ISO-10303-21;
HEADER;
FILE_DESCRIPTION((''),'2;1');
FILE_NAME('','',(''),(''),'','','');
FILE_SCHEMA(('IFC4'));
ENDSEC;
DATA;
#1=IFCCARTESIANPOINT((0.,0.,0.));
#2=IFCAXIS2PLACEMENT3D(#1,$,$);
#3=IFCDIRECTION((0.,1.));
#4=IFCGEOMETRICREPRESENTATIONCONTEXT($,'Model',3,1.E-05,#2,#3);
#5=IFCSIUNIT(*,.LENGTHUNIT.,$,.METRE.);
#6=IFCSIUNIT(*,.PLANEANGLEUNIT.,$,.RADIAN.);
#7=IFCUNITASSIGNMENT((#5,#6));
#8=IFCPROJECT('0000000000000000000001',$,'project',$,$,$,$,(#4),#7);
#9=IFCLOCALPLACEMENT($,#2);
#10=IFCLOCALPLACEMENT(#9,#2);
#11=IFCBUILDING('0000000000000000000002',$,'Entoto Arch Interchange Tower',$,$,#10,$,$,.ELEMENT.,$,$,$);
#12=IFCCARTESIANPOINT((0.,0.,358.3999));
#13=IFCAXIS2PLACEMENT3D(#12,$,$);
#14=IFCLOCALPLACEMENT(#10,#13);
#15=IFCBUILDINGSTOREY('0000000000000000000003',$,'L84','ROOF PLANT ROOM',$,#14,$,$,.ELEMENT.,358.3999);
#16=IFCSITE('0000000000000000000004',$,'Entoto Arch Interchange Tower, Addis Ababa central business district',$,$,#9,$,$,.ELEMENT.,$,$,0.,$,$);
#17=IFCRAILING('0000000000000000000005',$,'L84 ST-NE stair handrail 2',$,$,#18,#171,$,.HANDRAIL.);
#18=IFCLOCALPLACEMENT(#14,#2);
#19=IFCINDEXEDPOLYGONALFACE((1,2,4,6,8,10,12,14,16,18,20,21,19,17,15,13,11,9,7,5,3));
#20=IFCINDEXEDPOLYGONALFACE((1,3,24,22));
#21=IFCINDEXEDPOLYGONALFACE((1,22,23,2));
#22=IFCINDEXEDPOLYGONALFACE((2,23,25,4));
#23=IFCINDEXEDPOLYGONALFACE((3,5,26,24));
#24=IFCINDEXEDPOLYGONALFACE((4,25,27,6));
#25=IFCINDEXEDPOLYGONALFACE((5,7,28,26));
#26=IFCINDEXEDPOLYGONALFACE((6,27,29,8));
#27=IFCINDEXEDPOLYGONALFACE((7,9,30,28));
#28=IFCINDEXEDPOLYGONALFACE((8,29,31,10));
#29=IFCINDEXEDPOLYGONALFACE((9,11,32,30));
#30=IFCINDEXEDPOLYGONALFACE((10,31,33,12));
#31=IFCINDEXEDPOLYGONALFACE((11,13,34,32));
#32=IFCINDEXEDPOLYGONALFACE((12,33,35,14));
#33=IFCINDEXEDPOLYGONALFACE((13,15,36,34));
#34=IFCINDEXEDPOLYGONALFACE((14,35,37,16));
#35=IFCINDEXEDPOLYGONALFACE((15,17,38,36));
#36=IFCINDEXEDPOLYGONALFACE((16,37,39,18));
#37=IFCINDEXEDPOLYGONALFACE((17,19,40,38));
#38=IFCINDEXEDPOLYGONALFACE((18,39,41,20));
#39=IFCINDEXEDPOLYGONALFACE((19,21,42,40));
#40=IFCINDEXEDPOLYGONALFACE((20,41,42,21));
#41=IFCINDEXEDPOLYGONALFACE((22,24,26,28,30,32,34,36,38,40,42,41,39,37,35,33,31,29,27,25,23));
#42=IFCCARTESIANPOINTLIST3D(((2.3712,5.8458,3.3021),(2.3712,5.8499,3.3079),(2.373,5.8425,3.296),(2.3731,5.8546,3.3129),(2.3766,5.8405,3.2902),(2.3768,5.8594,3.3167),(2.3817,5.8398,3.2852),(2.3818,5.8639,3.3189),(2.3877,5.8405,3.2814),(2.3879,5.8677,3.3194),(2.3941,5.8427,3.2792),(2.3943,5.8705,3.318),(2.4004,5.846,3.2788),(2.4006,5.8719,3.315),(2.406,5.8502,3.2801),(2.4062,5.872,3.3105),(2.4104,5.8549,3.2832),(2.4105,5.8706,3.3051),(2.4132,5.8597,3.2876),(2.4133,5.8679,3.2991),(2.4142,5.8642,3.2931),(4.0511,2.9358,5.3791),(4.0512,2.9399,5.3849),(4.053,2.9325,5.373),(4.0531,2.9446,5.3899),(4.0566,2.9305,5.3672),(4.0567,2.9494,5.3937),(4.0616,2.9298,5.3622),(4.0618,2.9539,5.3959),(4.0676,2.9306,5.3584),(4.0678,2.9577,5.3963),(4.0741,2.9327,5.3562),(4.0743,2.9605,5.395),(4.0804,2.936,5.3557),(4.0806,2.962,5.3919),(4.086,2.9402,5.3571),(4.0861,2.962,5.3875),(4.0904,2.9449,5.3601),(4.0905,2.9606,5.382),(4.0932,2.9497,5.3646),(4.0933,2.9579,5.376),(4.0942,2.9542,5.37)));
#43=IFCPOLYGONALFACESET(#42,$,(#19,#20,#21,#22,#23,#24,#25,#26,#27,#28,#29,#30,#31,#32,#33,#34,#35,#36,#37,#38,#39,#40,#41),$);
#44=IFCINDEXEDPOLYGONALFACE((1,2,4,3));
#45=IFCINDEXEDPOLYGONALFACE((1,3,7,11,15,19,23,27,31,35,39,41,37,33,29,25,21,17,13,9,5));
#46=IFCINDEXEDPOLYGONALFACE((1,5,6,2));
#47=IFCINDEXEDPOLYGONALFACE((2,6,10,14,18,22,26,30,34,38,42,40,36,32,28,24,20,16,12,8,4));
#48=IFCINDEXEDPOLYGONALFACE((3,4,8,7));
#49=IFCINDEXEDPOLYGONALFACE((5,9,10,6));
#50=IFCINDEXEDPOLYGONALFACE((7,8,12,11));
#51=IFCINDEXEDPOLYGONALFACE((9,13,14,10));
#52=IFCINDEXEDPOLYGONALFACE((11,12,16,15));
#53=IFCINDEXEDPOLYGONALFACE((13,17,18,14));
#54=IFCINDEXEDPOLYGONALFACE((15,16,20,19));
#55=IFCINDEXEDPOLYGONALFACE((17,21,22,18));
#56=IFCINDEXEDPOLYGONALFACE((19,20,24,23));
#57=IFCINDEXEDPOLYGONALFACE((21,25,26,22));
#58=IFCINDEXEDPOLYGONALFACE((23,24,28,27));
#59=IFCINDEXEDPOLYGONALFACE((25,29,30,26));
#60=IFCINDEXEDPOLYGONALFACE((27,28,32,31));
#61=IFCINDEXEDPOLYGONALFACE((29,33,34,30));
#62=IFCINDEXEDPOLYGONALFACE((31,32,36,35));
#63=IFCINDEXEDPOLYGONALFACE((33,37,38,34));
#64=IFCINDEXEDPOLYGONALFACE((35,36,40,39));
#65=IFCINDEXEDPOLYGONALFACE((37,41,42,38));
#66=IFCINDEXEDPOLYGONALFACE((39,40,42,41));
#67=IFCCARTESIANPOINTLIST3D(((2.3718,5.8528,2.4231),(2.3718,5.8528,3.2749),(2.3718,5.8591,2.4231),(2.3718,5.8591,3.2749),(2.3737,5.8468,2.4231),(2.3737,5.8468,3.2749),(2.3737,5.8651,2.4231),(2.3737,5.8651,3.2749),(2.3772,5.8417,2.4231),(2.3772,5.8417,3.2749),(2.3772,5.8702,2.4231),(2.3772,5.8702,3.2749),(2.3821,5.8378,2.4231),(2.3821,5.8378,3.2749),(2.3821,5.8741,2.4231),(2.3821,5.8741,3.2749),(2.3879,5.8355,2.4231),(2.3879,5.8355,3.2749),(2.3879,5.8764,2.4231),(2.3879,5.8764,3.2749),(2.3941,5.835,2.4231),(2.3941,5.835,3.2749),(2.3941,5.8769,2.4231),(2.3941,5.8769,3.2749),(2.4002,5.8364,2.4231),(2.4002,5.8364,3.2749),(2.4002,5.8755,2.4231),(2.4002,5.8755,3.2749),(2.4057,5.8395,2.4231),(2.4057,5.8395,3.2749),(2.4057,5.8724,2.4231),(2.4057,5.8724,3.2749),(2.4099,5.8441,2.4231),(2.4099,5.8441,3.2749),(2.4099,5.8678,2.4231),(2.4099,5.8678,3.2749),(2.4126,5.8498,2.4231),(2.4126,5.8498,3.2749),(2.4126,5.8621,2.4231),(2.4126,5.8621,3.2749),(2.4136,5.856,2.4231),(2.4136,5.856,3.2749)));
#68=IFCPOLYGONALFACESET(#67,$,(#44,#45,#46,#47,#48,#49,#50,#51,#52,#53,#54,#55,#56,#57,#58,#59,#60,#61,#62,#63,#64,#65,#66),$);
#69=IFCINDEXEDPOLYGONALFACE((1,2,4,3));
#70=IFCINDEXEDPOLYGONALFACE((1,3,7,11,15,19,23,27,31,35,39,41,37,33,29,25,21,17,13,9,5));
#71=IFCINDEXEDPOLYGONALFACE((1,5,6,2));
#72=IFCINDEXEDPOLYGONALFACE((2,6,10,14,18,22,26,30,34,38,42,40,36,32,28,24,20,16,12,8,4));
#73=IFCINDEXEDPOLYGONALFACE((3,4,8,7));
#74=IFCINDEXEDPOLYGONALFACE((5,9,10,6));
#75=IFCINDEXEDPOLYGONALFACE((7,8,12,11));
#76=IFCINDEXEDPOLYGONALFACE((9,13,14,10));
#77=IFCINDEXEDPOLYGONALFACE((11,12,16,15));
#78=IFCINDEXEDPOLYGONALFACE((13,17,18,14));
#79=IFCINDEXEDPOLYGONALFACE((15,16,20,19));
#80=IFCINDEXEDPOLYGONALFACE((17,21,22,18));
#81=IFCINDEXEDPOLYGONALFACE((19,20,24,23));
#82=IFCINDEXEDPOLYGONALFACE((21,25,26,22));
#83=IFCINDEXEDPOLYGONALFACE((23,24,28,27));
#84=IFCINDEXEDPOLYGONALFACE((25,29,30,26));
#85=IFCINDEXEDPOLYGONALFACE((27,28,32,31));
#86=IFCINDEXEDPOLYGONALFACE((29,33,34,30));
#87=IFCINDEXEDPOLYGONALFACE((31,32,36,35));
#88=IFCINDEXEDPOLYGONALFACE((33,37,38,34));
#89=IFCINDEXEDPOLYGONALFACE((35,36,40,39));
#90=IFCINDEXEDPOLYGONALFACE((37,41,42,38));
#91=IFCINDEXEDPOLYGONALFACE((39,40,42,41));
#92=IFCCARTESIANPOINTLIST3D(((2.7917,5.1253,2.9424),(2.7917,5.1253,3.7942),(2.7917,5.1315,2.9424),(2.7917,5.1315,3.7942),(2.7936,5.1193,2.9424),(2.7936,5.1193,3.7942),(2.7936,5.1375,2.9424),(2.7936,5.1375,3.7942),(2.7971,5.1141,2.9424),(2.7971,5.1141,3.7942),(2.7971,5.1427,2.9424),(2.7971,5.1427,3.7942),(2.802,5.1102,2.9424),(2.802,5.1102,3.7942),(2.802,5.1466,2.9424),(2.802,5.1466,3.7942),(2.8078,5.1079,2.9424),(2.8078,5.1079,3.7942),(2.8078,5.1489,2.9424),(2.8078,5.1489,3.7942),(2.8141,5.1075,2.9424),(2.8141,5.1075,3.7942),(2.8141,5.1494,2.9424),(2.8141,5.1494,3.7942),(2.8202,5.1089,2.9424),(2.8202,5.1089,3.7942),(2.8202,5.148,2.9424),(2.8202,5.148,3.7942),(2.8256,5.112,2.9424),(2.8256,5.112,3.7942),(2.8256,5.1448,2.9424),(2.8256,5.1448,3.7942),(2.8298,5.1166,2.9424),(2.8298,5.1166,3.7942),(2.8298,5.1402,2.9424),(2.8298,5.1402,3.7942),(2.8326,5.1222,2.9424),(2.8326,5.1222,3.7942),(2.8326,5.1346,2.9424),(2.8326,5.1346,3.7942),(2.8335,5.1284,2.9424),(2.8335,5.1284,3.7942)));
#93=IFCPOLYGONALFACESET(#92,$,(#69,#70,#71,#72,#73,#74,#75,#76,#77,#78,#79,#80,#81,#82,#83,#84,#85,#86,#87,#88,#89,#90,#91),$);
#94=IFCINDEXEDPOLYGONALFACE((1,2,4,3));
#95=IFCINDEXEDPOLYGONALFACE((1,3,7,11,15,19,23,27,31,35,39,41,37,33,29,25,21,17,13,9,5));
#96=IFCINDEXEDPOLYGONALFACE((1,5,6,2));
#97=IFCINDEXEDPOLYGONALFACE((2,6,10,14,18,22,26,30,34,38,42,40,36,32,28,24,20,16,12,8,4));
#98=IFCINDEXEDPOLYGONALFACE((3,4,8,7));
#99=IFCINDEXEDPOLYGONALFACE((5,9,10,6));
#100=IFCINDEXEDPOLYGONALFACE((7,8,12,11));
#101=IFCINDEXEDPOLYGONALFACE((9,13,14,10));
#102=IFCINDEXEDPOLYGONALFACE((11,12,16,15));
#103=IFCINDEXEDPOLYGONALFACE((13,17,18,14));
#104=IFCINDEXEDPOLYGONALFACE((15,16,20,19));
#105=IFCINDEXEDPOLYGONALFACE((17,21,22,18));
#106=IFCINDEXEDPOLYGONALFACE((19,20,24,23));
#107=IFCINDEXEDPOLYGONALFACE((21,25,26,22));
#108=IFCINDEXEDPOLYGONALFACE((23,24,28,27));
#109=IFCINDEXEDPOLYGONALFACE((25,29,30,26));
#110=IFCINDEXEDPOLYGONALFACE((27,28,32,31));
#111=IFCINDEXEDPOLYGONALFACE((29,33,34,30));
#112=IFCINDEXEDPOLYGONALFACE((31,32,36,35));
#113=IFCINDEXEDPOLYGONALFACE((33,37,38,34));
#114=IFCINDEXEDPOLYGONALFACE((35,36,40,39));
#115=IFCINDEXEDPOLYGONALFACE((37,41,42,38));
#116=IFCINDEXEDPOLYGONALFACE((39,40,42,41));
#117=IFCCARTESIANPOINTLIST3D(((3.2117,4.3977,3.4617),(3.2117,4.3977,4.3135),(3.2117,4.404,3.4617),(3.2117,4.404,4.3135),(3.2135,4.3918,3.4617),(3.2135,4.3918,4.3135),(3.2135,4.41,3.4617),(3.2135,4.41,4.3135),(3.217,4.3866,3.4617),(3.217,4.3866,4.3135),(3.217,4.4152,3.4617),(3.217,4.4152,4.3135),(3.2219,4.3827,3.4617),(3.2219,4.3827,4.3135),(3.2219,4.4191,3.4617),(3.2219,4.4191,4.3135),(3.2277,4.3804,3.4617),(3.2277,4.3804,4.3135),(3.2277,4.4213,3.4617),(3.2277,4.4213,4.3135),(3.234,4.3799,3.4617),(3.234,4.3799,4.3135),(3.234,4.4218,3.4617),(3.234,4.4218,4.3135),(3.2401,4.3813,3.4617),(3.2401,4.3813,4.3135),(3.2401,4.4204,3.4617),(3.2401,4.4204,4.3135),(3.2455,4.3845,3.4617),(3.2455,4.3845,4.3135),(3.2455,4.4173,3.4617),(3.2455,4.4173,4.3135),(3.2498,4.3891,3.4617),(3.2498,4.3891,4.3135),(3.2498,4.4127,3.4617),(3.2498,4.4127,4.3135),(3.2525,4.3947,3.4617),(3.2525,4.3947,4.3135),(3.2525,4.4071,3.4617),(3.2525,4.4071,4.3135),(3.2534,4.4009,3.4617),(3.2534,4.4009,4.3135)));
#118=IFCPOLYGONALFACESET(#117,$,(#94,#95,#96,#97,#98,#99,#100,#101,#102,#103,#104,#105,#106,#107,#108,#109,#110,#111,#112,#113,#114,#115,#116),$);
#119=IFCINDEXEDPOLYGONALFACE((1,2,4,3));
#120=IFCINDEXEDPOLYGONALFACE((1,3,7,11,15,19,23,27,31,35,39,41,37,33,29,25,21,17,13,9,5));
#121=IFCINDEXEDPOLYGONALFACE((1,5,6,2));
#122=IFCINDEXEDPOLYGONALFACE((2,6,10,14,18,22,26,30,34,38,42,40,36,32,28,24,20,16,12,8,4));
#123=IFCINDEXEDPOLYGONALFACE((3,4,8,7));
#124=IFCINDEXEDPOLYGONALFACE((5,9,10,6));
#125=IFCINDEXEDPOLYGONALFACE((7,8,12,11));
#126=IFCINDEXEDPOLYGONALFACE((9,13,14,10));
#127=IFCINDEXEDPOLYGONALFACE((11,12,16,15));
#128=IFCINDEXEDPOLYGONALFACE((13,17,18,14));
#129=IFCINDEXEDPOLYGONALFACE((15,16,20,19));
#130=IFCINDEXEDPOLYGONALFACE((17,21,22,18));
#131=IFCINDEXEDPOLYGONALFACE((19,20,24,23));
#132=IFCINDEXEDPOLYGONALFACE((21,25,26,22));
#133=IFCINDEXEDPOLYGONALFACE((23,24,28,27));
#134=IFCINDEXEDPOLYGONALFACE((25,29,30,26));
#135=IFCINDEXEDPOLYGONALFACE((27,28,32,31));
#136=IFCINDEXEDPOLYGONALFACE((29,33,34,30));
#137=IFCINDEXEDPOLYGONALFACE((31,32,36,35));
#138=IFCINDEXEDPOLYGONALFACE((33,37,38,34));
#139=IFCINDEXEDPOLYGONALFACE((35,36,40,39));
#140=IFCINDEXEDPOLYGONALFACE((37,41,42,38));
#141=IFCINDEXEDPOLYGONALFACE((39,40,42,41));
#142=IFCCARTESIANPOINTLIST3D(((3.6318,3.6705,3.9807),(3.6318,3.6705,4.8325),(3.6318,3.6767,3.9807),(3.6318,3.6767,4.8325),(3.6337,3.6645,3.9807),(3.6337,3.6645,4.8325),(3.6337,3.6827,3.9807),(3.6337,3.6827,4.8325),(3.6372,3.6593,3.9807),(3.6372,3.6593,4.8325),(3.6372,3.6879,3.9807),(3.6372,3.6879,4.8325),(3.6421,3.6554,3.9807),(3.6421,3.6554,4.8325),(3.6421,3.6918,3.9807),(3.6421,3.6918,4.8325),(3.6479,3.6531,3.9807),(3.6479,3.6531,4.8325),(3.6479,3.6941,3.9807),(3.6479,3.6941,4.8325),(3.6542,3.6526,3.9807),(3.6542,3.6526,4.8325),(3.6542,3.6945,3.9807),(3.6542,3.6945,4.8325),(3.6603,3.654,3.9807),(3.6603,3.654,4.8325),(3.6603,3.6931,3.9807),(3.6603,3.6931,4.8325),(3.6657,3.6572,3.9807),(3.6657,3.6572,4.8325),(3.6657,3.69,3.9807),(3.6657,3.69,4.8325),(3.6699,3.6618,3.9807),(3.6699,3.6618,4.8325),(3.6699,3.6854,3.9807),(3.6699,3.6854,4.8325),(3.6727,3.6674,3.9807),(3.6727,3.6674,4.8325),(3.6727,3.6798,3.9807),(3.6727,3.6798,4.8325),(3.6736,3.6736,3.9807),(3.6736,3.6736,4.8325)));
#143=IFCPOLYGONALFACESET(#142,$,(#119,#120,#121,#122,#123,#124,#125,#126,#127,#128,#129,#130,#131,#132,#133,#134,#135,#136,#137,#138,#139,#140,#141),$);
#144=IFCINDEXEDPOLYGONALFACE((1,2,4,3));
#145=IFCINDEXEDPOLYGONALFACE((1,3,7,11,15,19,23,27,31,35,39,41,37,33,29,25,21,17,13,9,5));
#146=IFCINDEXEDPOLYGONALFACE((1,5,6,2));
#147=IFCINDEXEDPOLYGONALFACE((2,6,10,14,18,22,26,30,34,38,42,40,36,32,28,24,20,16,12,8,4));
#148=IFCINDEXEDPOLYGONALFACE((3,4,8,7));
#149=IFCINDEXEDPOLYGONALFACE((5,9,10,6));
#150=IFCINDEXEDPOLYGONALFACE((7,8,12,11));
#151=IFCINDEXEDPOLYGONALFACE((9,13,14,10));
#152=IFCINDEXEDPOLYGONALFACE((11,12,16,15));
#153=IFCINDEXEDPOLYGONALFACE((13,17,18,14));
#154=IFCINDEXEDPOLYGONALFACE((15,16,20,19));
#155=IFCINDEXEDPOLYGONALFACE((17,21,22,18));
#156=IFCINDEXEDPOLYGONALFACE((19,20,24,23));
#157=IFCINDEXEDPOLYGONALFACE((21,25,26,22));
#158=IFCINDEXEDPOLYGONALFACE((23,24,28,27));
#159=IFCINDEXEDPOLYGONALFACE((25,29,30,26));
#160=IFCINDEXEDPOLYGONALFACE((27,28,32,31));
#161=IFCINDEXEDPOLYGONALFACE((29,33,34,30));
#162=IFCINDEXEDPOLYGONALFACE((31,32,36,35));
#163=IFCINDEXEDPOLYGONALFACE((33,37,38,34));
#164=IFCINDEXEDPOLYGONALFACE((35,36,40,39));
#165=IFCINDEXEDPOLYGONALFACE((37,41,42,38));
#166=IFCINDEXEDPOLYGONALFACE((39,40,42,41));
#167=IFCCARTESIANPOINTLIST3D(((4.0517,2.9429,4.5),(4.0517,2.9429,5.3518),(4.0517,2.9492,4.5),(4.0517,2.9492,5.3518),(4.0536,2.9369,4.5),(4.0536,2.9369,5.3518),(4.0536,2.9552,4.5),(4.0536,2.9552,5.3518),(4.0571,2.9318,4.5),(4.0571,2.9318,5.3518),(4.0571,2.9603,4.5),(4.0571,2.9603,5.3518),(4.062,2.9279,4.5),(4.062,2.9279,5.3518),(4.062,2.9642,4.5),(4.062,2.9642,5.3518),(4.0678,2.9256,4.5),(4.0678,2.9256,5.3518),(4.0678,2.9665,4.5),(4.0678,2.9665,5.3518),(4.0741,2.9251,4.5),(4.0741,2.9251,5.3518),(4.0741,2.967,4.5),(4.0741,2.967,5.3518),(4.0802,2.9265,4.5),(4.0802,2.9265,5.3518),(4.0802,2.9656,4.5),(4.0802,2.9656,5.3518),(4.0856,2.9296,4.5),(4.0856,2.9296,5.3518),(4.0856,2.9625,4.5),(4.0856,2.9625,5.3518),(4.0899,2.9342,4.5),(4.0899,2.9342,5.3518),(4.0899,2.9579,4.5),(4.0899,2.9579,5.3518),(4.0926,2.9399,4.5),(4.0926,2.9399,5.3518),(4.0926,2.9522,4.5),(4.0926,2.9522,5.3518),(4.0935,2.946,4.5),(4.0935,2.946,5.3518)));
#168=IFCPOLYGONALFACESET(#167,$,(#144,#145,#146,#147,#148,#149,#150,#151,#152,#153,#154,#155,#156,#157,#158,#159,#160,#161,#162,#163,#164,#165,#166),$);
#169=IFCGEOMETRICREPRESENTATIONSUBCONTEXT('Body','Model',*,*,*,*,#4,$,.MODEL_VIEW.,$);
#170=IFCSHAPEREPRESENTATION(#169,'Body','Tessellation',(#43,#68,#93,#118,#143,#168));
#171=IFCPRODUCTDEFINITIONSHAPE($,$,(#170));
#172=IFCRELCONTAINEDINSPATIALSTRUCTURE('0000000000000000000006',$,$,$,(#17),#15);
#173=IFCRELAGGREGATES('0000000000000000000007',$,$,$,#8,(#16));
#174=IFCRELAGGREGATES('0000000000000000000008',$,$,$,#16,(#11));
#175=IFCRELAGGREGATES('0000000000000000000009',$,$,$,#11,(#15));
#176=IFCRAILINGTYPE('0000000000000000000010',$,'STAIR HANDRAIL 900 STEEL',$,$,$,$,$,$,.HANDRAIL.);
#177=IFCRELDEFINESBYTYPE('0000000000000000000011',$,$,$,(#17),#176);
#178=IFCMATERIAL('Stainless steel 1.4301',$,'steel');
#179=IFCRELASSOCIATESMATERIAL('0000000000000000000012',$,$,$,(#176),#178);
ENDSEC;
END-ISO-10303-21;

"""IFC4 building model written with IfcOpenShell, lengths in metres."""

from ifc_helpers import new_model, si_unit, direction, frame, origin, origin_2d, place, context, subcontext, project, spatial, circle, extrude, material, type_object, element, save


model = new_model("IFC4")

# Units and contexts
model_context = context("Model", 3, precision=1e-05, world=origin(), true_north=direction((0.0, 1.0)))
body_context = subcontext(model_context, "Body", "Model", "MODEL_VIEW")
ifc_project = project(units=[si_unit("LENGTHUNIT", "METRE"), si_unit("PLANEANGLEUNIT", "RADIAN")], contexts=[model_context])

# Site, building, storey
site_placement = place(None, origin())
site = spatial("IfcSite", under=ifc_project, at=site_placement, Name="Entoto Arch Interchange Tower, Addis Ababa central business district", CompositionType="ELEMENT", RefElevation=0.0)
building_placement = place(site_placement, origin())
building = spatial("IfcBuilding", under=site, at=building_placement, Name="Entoto Arch Interchange Tower", CompositionType="ELEMENT")
storey_placement = place(building_placement, frame((0.0, 0.0, 358.3999)))
storey = spatial("IfcBuildingStorey", under=building, at=storey_placement, Name="L84", Description="ROOF PLANT ROOM", CompositionType="ELEMENT", Elevation=358.3999)

# Railing
ifc_material_1 = material(Name="Stainless steel 1.4301", Category="steel")
railing_type_1 = type_object("IfcRailingType", Name="STAIR HANDRAIL 900 STEEL", PredefinedType="HANDRAIL", material=ifc_material_1)
railing_1_placement = place(storey_placement, frame((2.3926, 5.856, 2.4231)))
element("IfcRailing", 1, at=railing_1_placement, inside=storey, type_object=railing_type_1, Name="L84 ST-NE stair handrail 2", PredefinedType="HANDRAIL", context=body_context, shape_type="SweptSolid", body=[
    extrude(circle(Radius=0.0239, at=origin_2d()), frame((0.0, 0.0, 0.876), z_axis=(0.425288, -0.736668, 0.525785), x_axis=(0.866039, 0.499976, 0.0)), (0.0, 0.0, 1.0), 3.9502),
    extrude(circle(Radius=0.021, at=origin_2d()), origin(), (0.0, 0.0, 1.0), 0.8518),
    extrude(circle(Radius=0.021, at=origin_2d()), frame((0.4199, -0.7275, 0.5193)), (0.0, 0.0, 1.0), 0.8518),
    extrude(circle(Radius=0.021, at=origin_2d()), frame((0.8398, -1.4551, 1.0386)), (0.0, 0.0, 1.0), 0.8518),
    extrude(circle(Radius=0.021, at=origin_2d()), frame((1.26, -2.1824, 1.5576)), (0.0, 0.0, 1.0), 0.8518),
    extrude(circle(Radius=0.021, at=origin_2d()), frame((1.6799, -2.9099, 2.0769)), (0.0, 0.0, 1.0), 0.8518),
])

save(model, "model.ifc")
